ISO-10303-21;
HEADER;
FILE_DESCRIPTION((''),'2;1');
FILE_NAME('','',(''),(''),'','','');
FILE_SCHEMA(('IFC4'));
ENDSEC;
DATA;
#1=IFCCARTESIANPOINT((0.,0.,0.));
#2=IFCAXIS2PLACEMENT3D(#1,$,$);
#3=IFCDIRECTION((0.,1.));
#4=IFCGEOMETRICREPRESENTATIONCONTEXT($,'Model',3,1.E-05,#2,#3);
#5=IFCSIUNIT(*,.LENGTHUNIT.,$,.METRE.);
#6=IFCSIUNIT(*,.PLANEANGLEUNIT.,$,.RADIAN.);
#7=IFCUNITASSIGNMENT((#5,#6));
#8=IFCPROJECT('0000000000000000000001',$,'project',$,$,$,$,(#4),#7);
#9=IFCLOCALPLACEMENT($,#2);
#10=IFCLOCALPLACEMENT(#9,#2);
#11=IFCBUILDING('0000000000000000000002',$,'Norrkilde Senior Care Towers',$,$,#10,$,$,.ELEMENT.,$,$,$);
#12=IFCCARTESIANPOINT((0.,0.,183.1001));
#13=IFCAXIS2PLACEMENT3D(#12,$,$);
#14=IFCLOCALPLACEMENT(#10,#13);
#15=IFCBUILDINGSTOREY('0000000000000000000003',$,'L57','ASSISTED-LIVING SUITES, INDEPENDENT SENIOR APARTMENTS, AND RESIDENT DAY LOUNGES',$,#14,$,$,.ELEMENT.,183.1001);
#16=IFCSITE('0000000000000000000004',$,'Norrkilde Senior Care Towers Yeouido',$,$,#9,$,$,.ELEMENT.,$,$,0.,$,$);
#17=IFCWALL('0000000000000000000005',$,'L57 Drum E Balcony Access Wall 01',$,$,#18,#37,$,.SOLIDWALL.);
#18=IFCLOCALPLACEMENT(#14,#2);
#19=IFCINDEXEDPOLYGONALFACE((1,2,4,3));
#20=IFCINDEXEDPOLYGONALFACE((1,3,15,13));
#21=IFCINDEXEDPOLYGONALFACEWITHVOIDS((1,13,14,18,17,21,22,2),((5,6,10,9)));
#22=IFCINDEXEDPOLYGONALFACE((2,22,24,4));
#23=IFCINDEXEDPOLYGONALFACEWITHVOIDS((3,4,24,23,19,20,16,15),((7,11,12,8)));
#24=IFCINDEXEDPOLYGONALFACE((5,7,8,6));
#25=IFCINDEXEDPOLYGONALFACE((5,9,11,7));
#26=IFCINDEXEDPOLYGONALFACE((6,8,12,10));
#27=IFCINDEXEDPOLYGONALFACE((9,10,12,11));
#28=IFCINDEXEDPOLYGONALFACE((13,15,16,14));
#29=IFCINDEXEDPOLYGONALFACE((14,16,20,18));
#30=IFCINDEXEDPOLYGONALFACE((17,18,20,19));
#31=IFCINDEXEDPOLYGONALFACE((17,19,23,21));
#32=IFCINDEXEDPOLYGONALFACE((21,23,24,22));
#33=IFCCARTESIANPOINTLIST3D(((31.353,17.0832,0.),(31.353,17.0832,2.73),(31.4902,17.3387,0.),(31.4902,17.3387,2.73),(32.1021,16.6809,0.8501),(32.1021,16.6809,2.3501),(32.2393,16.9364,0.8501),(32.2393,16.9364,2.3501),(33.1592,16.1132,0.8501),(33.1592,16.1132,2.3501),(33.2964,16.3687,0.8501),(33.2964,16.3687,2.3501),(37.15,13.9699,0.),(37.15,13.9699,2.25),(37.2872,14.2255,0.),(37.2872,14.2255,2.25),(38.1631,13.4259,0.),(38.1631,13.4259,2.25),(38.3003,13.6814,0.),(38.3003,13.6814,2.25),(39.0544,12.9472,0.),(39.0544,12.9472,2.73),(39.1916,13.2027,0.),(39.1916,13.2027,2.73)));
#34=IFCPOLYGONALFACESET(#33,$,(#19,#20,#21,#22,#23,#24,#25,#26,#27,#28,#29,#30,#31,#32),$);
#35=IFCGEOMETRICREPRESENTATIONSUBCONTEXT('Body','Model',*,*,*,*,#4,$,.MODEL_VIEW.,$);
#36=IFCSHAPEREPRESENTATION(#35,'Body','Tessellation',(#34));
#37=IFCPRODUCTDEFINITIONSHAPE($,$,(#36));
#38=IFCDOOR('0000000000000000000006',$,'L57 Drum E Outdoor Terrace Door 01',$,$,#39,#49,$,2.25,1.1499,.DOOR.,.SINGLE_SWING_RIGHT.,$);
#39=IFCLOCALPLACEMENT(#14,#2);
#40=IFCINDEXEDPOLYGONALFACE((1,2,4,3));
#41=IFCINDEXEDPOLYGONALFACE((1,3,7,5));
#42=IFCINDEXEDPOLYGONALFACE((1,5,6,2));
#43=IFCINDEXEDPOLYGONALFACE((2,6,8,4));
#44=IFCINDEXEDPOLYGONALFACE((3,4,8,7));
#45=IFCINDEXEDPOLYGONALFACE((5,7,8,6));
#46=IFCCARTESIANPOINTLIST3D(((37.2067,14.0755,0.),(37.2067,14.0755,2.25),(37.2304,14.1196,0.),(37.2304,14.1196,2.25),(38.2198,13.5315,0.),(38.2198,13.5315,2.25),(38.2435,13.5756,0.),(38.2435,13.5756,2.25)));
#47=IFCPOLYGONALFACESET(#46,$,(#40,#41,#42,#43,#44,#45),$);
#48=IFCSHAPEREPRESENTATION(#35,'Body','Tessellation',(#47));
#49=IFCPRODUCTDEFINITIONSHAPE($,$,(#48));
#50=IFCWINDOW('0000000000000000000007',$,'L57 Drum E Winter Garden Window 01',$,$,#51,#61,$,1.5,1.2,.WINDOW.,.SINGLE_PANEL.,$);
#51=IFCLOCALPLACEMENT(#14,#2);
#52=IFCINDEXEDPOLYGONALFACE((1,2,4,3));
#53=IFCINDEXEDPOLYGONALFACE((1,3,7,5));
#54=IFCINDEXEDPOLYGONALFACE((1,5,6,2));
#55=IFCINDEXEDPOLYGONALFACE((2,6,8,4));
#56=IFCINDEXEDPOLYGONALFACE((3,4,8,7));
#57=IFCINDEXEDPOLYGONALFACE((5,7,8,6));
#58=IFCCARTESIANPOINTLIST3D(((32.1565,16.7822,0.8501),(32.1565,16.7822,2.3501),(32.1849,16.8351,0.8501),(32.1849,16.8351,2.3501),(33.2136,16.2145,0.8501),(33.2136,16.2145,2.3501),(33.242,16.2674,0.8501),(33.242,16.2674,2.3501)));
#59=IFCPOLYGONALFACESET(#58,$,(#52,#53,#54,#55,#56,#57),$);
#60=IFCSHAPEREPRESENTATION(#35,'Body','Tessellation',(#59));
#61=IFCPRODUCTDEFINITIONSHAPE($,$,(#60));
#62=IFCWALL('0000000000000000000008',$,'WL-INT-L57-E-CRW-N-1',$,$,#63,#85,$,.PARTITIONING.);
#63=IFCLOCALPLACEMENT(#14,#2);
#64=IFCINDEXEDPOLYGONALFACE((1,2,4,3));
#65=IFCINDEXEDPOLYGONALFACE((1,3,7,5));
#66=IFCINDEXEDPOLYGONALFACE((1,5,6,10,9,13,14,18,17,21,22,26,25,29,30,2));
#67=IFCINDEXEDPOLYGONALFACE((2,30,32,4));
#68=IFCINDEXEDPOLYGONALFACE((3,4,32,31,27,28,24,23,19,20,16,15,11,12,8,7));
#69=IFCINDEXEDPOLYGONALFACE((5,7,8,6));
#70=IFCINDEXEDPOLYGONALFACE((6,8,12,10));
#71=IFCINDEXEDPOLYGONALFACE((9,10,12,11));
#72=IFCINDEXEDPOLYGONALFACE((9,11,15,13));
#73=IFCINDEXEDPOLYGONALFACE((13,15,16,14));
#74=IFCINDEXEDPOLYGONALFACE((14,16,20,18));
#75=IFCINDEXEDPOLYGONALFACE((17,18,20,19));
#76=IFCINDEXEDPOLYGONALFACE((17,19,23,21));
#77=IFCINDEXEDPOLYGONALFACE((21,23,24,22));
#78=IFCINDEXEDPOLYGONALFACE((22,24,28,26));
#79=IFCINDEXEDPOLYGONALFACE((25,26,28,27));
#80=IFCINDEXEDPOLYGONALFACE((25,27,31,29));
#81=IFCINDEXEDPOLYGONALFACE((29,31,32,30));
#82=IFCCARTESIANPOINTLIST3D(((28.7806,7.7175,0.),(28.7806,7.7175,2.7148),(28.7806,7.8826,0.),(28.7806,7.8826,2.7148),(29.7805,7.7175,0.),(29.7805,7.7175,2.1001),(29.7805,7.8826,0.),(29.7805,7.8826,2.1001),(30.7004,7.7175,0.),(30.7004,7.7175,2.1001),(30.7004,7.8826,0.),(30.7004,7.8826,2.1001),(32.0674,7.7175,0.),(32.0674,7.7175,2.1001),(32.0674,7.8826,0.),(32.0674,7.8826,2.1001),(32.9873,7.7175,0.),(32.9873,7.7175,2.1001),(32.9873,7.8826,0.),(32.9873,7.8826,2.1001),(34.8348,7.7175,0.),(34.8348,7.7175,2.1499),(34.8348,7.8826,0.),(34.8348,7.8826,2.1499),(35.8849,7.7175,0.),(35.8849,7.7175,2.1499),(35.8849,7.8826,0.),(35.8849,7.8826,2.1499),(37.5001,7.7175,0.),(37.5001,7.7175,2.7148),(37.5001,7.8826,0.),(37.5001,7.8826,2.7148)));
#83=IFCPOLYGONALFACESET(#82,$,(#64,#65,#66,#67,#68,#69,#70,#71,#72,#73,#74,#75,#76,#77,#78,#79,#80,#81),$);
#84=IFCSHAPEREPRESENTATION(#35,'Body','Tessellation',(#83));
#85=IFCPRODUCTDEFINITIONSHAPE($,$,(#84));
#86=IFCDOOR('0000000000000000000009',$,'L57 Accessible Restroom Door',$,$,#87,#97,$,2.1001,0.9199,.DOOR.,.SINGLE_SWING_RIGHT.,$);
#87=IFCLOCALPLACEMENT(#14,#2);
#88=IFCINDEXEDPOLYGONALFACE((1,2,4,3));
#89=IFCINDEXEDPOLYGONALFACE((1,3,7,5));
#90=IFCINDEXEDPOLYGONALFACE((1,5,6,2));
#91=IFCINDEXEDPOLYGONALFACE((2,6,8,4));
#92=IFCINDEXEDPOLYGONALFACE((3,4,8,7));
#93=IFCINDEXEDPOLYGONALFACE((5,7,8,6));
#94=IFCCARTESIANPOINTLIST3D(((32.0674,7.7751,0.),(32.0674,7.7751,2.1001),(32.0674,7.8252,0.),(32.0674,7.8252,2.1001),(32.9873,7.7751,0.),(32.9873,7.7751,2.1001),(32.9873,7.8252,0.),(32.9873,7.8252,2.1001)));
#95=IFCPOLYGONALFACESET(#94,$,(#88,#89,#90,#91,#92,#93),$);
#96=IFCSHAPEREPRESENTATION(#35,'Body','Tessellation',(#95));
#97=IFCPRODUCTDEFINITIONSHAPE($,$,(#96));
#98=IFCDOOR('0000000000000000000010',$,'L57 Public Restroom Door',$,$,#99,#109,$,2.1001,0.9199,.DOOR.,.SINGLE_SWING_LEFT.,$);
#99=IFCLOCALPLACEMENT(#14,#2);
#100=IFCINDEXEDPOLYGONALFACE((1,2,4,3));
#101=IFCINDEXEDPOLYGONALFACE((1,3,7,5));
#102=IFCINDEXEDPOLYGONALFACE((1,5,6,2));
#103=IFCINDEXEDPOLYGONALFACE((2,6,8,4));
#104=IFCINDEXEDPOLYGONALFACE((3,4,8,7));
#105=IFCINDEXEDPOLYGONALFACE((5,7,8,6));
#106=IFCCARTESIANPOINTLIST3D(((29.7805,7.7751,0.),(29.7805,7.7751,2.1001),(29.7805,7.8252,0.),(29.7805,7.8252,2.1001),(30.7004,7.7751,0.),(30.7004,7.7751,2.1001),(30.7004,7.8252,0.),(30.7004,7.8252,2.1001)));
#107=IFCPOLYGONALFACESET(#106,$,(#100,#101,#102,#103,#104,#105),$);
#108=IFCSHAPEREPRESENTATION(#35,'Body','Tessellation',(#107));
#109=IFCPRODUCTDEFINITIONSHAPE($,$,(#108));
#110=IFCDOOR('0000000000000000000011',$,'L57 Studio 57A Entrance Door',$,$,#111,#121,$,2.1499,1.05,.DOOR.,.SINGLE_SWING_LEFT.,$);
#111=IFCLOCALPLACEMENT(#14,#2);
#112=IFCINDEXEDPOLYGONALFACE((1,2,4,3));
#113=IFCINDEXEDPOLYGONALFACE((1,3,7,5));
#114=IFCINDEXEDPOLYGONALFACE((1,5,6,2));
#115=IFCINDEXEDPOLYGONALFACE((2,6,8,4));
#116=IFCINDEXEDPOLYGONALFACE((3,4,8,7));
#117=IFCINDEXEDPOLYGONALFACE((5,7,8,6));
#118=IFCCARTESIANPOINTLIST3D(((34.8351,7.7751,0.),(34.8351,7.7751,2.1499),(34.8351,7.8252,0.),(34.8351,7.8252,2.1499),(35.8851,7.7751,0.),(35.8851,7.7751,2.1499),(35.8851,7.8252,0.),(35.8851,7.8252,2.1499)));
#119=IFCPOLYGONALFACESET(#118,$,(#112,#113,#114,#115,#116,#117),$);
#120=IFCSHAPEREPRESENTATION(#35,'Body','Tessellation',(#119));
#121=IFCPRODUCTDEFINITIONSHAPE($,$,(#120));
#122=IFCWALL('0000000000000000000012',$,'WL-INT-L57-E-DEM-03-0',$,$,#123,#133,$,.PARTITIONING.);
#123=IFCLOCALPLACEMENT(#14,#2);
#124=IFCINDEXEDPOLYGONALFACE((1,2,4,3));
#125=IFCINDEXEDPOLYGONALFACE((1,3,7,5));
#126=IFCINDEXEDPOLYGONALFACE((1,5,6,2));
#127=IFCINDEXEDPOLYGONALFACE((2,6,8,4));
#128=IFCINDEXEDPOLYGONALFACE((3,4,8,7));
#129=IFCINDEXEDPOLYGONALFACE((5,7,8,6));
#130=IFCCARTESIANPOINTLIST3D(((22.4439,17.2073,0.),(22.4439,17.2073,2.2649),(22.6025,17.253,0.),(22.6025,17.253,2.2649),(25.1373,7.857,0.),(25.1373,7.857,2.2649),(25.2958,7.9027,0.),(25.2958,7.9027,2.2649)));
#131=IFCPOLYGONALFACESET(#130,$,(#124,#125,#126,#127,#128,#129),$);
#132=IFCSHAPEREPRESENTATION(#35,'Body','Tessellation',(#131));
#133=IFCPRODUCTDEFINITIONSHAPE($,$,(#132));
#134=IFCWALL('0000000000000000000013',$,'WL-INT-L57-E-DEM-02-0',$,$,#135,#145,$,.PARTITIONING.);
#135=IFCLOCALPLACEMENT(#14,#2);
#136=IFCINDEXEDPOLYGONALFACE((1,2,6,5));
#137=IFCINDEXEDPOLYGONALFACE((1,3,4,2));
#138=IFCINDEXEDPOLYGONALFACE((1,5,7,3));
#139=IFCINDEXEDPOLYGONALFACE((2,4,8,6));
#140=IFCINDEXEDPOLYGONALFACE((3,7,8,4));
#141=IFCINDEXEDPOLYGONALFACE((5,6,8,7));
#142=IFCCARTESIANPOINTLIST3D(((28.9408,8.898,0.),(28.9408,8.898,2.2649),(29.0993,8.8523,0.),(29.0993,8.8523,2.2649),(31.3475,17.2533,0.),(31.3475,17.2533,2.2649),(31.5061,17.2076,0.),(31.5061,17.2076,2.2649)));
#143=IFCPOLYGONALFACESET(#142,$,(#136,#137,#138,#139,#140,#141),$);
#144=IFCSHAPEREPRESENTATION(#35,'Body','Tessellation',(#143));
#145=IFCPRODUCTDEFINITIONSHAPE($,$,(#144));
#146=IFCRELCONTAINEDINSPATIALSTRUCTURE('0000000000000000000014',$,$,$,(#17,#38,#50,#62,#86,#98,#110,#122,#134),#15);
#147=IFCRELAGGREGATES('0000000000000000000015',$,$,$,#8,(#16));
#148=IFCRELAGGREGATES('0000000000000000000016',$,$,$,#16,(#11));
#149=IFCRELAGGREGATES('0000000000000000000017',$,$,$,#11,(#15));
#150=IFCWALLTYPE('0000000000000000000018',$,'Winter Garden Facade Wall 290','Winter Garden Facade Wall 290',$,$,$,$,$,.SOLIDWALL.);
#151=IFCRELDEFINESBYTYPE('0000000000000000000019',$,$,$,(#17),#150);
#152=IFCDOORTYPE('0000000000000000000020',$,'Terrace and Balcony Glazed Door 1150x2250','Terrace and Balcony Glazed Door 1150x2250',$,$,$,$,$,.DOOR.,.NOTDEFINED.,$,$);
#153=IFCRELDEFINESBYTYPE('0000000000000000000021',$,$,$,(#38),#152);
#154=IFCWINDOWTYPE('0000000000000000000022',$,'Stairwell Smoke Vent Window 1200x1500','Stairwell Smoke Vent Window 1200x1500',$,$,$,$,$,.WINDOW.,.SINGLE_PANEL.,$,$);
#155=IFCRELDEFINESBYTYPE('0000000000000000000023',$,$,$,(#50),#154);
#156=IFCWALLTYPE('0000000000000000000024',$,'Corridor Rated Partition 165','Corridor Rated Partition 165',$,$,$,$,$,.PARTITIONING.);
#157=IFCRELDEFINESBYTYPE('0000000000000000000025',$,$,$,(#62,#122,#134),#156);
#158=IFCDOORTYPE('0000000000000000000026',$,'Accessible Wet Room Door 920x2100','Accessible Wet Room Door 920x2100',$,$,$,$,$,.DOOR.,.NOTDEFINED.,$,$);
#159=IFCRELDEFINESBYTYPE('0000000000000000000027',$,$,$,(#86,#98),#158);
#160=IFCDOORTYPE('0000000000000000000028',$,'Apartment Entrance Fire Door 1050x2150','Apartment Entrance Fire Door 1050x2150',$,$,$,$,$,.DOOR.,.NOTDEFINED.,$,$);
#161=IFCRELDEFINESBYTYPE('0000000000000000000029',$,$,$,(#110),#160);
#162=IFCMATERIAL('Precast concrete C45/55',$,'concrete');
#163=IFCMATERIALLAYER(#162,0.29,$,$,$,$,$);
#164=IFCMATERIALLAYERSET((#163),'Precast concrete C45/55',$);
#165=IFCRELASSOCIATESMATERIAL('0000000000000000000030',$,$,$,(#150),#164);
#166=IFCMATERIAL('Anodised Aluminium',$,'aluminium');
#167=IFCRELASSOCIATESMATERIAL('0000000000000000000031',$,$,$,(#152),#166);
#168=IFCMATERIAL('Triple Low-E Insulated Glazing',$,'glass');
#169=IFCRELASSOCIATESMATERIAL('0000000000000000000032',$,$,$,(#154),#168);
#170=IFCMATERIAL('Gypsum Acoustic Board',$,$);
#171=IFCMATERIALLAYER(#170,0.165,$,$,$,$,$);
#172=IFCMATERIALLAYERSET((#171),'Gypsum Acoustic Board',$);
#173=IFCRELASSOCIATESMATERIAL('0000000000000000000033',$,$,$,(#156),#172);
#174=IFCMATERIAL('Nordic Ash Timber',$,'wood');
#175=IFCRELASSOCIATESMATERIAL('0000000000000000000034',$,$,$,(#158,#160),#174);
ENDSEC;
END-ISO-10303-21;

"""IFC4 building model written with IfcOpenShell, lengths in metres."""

from ifc_helpers import new_model, si_unit, direction, frame, frame_2d, origin, place, context, subcontext, project, spatial, rectangle, extrude, source, transform, mapped, material, layer, layer_set, type_object, type_shapes, element, fill, save


model = new_model("IFC4")

# Units and contexts
model_context = context("Model", 3, precision=1e-05, world=origin(), true_north=direction((0.0, 1.0)))
body_context = subcontext(model_context, "Body", "Model", "MODEL_VIEW")
ifc_project = project(units=[si_unit("LENGTHUNIT", "METRE"), si_unit("PLANEANGLEUNIT", "RADIAN")], contexts=[model_context])

# Site, building, storey
site_placement = place(None, origin())
site = spatial("IfcSite", under=ifc_project, at=site_placement, Name="Norrkilde Senior Care Towers Yeouido", CompositionType="ELEMENT", RefElevation=0.0)
building_placement = place(site_placement, origin())
building = spatial("IfcBuilding", under=site, at=building_placement, Name="Norrkilde Senior Care Towers", CompositionType="ELEMENT")
storey_placement = place(building_placement, frame((0.0, 0.0, 183.1001)))
storey = spatial("IfcBuildingStorey", under=building, at=storey_placement, Name="L57", Description="ASSISTED-LIVING SUITES, INDEPENDENT SENIOR APARTMENTS, AND RESIDENT DAY LOUNGES", CompositionType="ELEMENT", Elevation=183.1001)

# Shared definitions
ifc_material_1 = material(Name="Triple Low-E Insulated Glazing", Category="glass")
ifc_material_2 = material(Name="Anodised Aluminium", Category="aluminium")

# Wall, openings, door, window
ifc_material_3 = material(Name="Precast concrete C45/55", Category="concrete")
ifc_layer_1 = layer(ifc_material_3, 0.29)
ifc_layer_set_1 = layer_set([ifc_layer_1], Name="Precast concrete C45/55")
wall_type_1 = type_object("IfcWallType", Name="Winter Garden Facade Wall 290", Description="Winter Garden Facade Wall 290", PredefinedType="SOLIDWALL", material=ifc_layer_set_1)
shared_shape_1 = source(origin(), body_context, "Body", "SweptSolid", [
    extrude(rectangle(XDim=8.7417, YDim=0.29, at=frame_2d((4.3708, 0.0))), origin(), (0.0, 0.0, 1.0), 2.73),
])
type_shapes(wall_type_1, [shared_shape_1])
wall_1_placement = place(storey_placement, frame((31.4216, 17.2109, 0.0), z_axis=(0.0, 0.0, 1.0), x_axis=(0.880992, -0.47313, 0.0)))
wall_1 = element("IfcWall", 1, at=wall_1_placement, inside=storey, type_object=wall_type_1, Name="L57 Drum E Balcony Access Wall 01", PredefinedType="SOLIDWALL", context=body_context, shape_type="MappedRepresentation", body=[
    mapped(shared_shape_1, transform((0.0, 0.0, 0.0), x_axis=(1.0, 0.0, 0.0), y_axis=(0.0, 1.0, 0.0), z_axis=(0.0, 0.0, 1.0), scale=1.0)),
])
opening_1_placement = place(wall_1_placement, frame((6.5801, 0.0, 0.0)))
opening_1 = element("IfcOpeningElement", 2, at=opening_1_placement, cuts=wall_1, PredefinedType="OPENING", context=body_context, shape_type="SweptSolid", body=[
    extrude(rectangle(XDim=1.1499, YDim=2.25, at=frame_2d((0.575, 1.125))), frame((0.0, 0.155, 0.0), z_axis=(0.0, -1.0, 0.0), x_axis=(1.0, 0.0, 0.0)), (0.0, 0.0, 1.0), 0.3101),
])
opening_2_placement = place(wall_1_placement, frame((0.8501, 0.0, 0.8501)))
opening_2 = element("IfcOpeningElement", 3, at=opening_2_placement, cuts=wall_1, PredefinedType="OPENING", context=body_context, shape_type="SweptSolid", body=[
    extrude(rectangle(XDim=1.2, YDim=1.5, at=frame_2d((0.6001, 0.75))), frame((0.0, 0.155, 0.0), z_axis=(0.0, -1.0, 0.0), x_axis=(1.0, 0.0, 0.0)), (0.0, 0.0, 1.0), 0.3101),
])
door_type_1 = type_object("IfcDoorType", Name="Terrace and Balcony Glazed Door 1150x2250", Description="Terrace and Balcony Glazed Door 1150x2250", OperationType="NOTDEFINED", PredefinedType="DOOR", material=ifc_material_2)
shared_shape_2 = source(origin(), body_context, "Body", "SweptSolid", [
    extrude(rectangle(XDim=1.1499, YDim=2.25, at=frame_2d((0.575, 1.125))), frame((0.0, 0.0249, 0.0), z_axis=(0.0, -1.0, 0.0), x_axis=(1.0, 0.0, 0.0)), (0.0, 0.0, 1.0), 0.05),
])
type_shapes(door_type_1, [shared_shape_2])
door_1_placement = place(opening_1_placement, origin())
door_1 = element("IfcDoor", 4, at=door_1_placement, inside=storey, type_object=door_type_1, Name="L57 Drum E Outdoor Terrace Door 01", OperationType="SINGLE_SWING_RIGHT", OverallHeight=2.25, OverallWidth=1.1499, PredefinedType="DOOR", context=body_context, shape_type="MappedRepresentation", body=[
    mapped(shared_shape_2, transform((0.0, 0.0, 0.0), x_axis=(1.0, 0.0, 0.0), y_axis=(0.0, 1.0, 0.0), z_axis=(0.0, 0.0, 1.0), scale=1.0)),
])
fill(opening_1, door_1)
window_type = type_object("IfcWindowType", Name="Stairwell Smoke Vent Window 1200x1500", Description="Stairwell Smoke Vent Window 1200x1500", PartitioningType="SINGLE_PANEL", PredefinedType="WINDOW", material=ifc_material_1)
shared_shape_3 = source(origin(), body_context, "Body", "SweptSolid", [
    extrude(rectangle(XDim=1.2, YDim=1.5, at=frame_2d((0.6001, 0.75))), frame((0.0, 0.03, 0.0), z_axis=(0.0, -1.0, 0.0), x_axis=(1.0, 0.0, 0.0)), (0.0, 0.0, 1.0), 0.0601),
])
type_shapes(window_type, [shared_shape_3])
window_placement = place(opening_2_placement, origin())
window = element("IfcWindow", 5, at=window_placement, inside=storey, type_object=window_type, Name="L57 Drum E Winter Garden Window 01", OverallHeight=1.5, OverallWidth=1.2, PartitioningType="SINGLE_PANEL", PredefinedType="WINDOW", context=body_context, shape_type="MappedRepresentation", body=[
    mapped(shared_shape_3, transform((0.0, 0.0, 0.0), x_axis=(1.0, 0.0, 0.0), y_axis=(0.0, 1.0, 0.0), z_axis=(0.0, 0.0, 1.0), scale=1.0)),
])
fill(opening_2, window)

# Wall, openings, doors
ifc_material_4 = material(Name="Gypsum Acoustic Board")
ifc_layer_2 = layer(ifc_material_4, 0.165)
ifc_layer_set_2 = layer_set([ifc_layer_2], Name="Gypsum Acoustic Board")
wall_type_2 = type_object("IfcWallType", Name="Corridor Rated Partition 165", Description="Corridor Rated Partition 165", PredefinedType="PARTITIONING", material=ifc_layer_set_2)
shared_shape_4 = source(origin(), body_context, "Body", "SweptSolid", [
    extrude(rectangle(XDim=8.7195, YDim=0.165, at=frame_2d((4.3599, 0.0))), origin(), (0.0, 0.0, 1.0), 2.7148),
])
wall_2_placement = place(storey_placement, frame((28.7805, 7.8, 0.0), z_axis=(0.0, 0.0, 1.0), x_axis=(1.0, 0.0, 0.0)))
wall_2 = element("IfcWall", 6, at=wall_2_placement, inside=storey, type_object=wall_type_2, Name="WL-INT-L57-E-CRW-N-1", PredefinedType="PARTITIONING", context=body_context, shape_type="MappedRepresentation", body=[
    mapped(shared_shape_4, transform((0.0, 0.0, 0.0), x_axis=(1.0, 0.0, 0.0), y_axis=(0.0, 1.0, 0.0), z_axis=(0.0, 0.0, 1.0), scale=1.0)),
])
opening_3_placement = place(wall_2_placement, frame((6.0544, 0.0, 0.0)))
opening_3 = element("IfcOpeningElement", 7, at=opening_3_placement, cuts=wall_2, PredefinedType="OPENING", context=body_context, shape_type="SweptSolid", body=[
    extrude(rectangle(XDim=1.05, YDim=2.1499, at=frame_2d((0.5249, 1.075))), frame((0.0, 0.0925, 0.0), z_axis=(0.0, -1.0, 0.0), x_axis=(1.0, 0.0, 0.0)), (0.0, 0.0, 1.0), 0.1851),
])
opening_4_placement = place(wall_2_placement, frame((3.2869, 0.0, 0.0)))
opening_4 = element("IfcOpeningElement", 8, at=opening_4_placement, cuts=wall_2, PredefinedType="OPENING", context=body_context, shape_type="SweptSolid", body=[
    extrude(rectangle(XDim=0.9199, YDim=2.1001, at=frame_2d((0.46, 1.05))), frame((0.0, 0.0925, 0.0), z_axis=(0.0, -1.0, 0.0), x_axis=(1.0, 0.0, 0.0)), (0.0, 0.0, 1.0), 0.1851),
])
opening_5_placement = place(wall_2_placement, frame((1.0, 0.0, 0.0)))
opening_5 = element("IfcOpeningElement", 9, at=opening_5_placement, cuts=wall_2, PredefinedType="OPENING", context=body_context, shape_type="SweptSolid", body=[
    extrude(rectangle(XDim=0.9199, YDim=2.1001, at=frame_2d((0.46, 1.05))), frame((0.0, 0.0925, 0.0), z_axis=(0.0, -1.0, 0.0), x_axis=(1.0, 0.0, 0.0)), (0.0, 0.0, 1.0), 0.1851),
])
ifc_material_5 = material(Name="Nordic Ash Timber", Category="wood")
door_type_2 = type_object("IfcDoorType", Name="Accessible Wet Room Door 920x2100", Description="Accessible Wet Room Door 920x2100", OperationType="NOTDEFINED", PredefinedType="DOOR", material=ifc_material_5)
shared_shape_5 = source(origin(), body_context, "Body", "SweptSolid", [
    extrude(rectangle(XDim=0.9199, YDim=2.1001, at=frame_2d((0.46, 1.05))), frame((0.0, 0.0249, 0.0), z_axis=(0.0, -1.0, 0.0), x_axis=(1.0, 0.0, 0.0)), (0.0, 0.0, 1.0), 0.05),
])
type_shapes(door_type_2, [shared_shape_5])
door_2_placement = place(opening_4_placement, frame((0.9199, 0.0, 0.0), z_axis=(0.0, 0.0, 1.0), x_axis=(-1.0, 0.0, 0.0)))
door_2 = element("IfcDoor", 10, at=door_2_placement, inside=storey, type_object=door_type_2, Name="L57 Accessible Restroom Door", OperationType="SINGLE_SWING_RIGHT", OverallHeight=2.1001, OverallWidth=0.9199, PredefinedType="DOOR", context=body_context, shape_type="MappedRepresentation", body=[
    mapped(shared_shape_5, transform((0.0, 0.0, 0.0), x_axis=(1.0, 0.0, 0.0), y_axis=(0.0, 1.0, 0.0), z_axis=(0.0, 0.0, 1.0), scale=1.0)),
])
fill(opening_4, door_2)
door_3_placement = place(opening_5_placement, frame((0.9199, 0.0, 0.0), z_axis=(0.0, 0.0, 1.0), x_axis=(-1.0, 0.0, 0.0)))
door_3 = element("IfcDoor", 11, at=door_3_placement, inside=storey, type_object=door_type_2, Name="L57 Public Restroom Door", OperationType="SINGLE_SWING_LEFT", OverallHeight=2.1001, OverallWidth=0.9199, PredefinedType="DOOR", context=body_context, shape_type="MappedRepresentation", body=[
    mapped(shared_shape_5, transform((0.0, 0.0, 0.0), x_axis=(1.0, 0.0, 0.0), y_axis=(0.0, 1.0, 0.0), z_axis=(0.0, 0.0, 1.0), scale=1.0)),
])
fill(opening_5, door_3)
door_type_3 = type_object("IfcDoorType", Name="Apartment Entrance Fire Door 1050x2150", Description="Apartment Entrance Fire Door 1050x2150", OperationType="NOTDEFINED", PredefinedType="DOOR", material=ifc_material_5)
shared_shape_6 = source(origin(), body_context, "Body", "SweptSolid", [
    extrude(rectangle(XDim=1.05, YDim=2.1499, at=frame_2d((0.5249, 1.075))), frame((0.0, 0.0249, 0.0), z_axis=(0.0, -1.0, 0.0), x_axis=(1.0, 0.0, 0.0)), (0.0, 0.0, 1.0), 0.05),
])
type_shapes(door_type_3, [shared_shape_6])
door_4_placement = place(opening_3_placement, frame((1.05, 0.0, 0.0), z_axis=(0.0, 0.0, 1.0), x_axis=(-1.0, 0.0, 0.0)))
door_4 = element("IfcDoor", 12, at=door_4_placement, inside=storey, type_object=door_type_3, Name="L57 Studio 57A Entrance Door", OperationType="SINGLE_SWING_LEFT", OverallHeight=2.1499, OverallWidth=1.05, PredefinedType="DOOR", context=body_context, shape_type="MappedRepresentation", body=[
    mapped(shared_shape_6, transform((0.0, 0.0, 0.0), x_axis=(1.0, 0.0, 0.0), y_axis=(0.0, 1.0, 0.0), z_axis=(0.0, 0.0, 1.0), scale=1.0)),
])
fill(opening_3, door_4)

# Walls
shared_shape_7 = source(origin(), body_context, "Body", "SweptSolid", [
    extrude(rectangle(XDim=9.7305, YDim=0.165, at=frame_2d((4.8652, 0.0))), origin(), (0.0, 0.0, 1.0), 2.2649),
])
wall_3_placement = place(storey_placement, frame((25.2166, 7.8799, 0.0), z_axis=(0.0, 0.0, 1.0), x_axis=(-0.276795, 0.960929, 0.0)))
element("IfcWall", 13, at=wall_3_placement, inside=storey, type_object=wall_type_2, Name="WL-INT-L57-E-DEM-03-0", PredefinedType="PARTITIONING", context=body_context, shape_type="MappedRepresentation", body=[
    mapped(shared_shape_7, transform((0.0, 0.0, 0.0), x_axis=(1.0, 0.0, 0.0), y_axis=(0.0, 1.0, 0.0), z_axis=(0.0, 0.0, 1.0), scale=1.0)),
])
shared_shape_8 = source(origin(), body_context, "Body", "SweptSolid", [
    extrude(rectangle(XDim=8.6951, YDim=0.165, at=frame_2d((4.3477, 0.0))), origin(), (0.0, 0.0, 1.0), 2.2649),
])
wall_4_placement = place(storey_placement, frame((29.02, 8.875, 0.0), z_axis=(0.0, 0.0, 1.0), x_axis=(0.276797, 0.960928, 0.0)))
element("IfcWall", 14, at=wall_4_placement, inside=storey, type_object=wall_type_2, Name="WL-INT-L57-E-DEM-02-0", PredefinedType="PARTITIONING", context=body_context, shape_type="MappedRepresentation", body=[
    mapped(shared_shape_8, transform((0.0, 0.0, 0.0), x_axis=(1.0, 0.0, 0.0), y_axis=(0.0, 1.0, 0.0), z_axis=(0.0, 0.0, 1.0), scale=1.0)),
])

save(model, "model.ifc")
